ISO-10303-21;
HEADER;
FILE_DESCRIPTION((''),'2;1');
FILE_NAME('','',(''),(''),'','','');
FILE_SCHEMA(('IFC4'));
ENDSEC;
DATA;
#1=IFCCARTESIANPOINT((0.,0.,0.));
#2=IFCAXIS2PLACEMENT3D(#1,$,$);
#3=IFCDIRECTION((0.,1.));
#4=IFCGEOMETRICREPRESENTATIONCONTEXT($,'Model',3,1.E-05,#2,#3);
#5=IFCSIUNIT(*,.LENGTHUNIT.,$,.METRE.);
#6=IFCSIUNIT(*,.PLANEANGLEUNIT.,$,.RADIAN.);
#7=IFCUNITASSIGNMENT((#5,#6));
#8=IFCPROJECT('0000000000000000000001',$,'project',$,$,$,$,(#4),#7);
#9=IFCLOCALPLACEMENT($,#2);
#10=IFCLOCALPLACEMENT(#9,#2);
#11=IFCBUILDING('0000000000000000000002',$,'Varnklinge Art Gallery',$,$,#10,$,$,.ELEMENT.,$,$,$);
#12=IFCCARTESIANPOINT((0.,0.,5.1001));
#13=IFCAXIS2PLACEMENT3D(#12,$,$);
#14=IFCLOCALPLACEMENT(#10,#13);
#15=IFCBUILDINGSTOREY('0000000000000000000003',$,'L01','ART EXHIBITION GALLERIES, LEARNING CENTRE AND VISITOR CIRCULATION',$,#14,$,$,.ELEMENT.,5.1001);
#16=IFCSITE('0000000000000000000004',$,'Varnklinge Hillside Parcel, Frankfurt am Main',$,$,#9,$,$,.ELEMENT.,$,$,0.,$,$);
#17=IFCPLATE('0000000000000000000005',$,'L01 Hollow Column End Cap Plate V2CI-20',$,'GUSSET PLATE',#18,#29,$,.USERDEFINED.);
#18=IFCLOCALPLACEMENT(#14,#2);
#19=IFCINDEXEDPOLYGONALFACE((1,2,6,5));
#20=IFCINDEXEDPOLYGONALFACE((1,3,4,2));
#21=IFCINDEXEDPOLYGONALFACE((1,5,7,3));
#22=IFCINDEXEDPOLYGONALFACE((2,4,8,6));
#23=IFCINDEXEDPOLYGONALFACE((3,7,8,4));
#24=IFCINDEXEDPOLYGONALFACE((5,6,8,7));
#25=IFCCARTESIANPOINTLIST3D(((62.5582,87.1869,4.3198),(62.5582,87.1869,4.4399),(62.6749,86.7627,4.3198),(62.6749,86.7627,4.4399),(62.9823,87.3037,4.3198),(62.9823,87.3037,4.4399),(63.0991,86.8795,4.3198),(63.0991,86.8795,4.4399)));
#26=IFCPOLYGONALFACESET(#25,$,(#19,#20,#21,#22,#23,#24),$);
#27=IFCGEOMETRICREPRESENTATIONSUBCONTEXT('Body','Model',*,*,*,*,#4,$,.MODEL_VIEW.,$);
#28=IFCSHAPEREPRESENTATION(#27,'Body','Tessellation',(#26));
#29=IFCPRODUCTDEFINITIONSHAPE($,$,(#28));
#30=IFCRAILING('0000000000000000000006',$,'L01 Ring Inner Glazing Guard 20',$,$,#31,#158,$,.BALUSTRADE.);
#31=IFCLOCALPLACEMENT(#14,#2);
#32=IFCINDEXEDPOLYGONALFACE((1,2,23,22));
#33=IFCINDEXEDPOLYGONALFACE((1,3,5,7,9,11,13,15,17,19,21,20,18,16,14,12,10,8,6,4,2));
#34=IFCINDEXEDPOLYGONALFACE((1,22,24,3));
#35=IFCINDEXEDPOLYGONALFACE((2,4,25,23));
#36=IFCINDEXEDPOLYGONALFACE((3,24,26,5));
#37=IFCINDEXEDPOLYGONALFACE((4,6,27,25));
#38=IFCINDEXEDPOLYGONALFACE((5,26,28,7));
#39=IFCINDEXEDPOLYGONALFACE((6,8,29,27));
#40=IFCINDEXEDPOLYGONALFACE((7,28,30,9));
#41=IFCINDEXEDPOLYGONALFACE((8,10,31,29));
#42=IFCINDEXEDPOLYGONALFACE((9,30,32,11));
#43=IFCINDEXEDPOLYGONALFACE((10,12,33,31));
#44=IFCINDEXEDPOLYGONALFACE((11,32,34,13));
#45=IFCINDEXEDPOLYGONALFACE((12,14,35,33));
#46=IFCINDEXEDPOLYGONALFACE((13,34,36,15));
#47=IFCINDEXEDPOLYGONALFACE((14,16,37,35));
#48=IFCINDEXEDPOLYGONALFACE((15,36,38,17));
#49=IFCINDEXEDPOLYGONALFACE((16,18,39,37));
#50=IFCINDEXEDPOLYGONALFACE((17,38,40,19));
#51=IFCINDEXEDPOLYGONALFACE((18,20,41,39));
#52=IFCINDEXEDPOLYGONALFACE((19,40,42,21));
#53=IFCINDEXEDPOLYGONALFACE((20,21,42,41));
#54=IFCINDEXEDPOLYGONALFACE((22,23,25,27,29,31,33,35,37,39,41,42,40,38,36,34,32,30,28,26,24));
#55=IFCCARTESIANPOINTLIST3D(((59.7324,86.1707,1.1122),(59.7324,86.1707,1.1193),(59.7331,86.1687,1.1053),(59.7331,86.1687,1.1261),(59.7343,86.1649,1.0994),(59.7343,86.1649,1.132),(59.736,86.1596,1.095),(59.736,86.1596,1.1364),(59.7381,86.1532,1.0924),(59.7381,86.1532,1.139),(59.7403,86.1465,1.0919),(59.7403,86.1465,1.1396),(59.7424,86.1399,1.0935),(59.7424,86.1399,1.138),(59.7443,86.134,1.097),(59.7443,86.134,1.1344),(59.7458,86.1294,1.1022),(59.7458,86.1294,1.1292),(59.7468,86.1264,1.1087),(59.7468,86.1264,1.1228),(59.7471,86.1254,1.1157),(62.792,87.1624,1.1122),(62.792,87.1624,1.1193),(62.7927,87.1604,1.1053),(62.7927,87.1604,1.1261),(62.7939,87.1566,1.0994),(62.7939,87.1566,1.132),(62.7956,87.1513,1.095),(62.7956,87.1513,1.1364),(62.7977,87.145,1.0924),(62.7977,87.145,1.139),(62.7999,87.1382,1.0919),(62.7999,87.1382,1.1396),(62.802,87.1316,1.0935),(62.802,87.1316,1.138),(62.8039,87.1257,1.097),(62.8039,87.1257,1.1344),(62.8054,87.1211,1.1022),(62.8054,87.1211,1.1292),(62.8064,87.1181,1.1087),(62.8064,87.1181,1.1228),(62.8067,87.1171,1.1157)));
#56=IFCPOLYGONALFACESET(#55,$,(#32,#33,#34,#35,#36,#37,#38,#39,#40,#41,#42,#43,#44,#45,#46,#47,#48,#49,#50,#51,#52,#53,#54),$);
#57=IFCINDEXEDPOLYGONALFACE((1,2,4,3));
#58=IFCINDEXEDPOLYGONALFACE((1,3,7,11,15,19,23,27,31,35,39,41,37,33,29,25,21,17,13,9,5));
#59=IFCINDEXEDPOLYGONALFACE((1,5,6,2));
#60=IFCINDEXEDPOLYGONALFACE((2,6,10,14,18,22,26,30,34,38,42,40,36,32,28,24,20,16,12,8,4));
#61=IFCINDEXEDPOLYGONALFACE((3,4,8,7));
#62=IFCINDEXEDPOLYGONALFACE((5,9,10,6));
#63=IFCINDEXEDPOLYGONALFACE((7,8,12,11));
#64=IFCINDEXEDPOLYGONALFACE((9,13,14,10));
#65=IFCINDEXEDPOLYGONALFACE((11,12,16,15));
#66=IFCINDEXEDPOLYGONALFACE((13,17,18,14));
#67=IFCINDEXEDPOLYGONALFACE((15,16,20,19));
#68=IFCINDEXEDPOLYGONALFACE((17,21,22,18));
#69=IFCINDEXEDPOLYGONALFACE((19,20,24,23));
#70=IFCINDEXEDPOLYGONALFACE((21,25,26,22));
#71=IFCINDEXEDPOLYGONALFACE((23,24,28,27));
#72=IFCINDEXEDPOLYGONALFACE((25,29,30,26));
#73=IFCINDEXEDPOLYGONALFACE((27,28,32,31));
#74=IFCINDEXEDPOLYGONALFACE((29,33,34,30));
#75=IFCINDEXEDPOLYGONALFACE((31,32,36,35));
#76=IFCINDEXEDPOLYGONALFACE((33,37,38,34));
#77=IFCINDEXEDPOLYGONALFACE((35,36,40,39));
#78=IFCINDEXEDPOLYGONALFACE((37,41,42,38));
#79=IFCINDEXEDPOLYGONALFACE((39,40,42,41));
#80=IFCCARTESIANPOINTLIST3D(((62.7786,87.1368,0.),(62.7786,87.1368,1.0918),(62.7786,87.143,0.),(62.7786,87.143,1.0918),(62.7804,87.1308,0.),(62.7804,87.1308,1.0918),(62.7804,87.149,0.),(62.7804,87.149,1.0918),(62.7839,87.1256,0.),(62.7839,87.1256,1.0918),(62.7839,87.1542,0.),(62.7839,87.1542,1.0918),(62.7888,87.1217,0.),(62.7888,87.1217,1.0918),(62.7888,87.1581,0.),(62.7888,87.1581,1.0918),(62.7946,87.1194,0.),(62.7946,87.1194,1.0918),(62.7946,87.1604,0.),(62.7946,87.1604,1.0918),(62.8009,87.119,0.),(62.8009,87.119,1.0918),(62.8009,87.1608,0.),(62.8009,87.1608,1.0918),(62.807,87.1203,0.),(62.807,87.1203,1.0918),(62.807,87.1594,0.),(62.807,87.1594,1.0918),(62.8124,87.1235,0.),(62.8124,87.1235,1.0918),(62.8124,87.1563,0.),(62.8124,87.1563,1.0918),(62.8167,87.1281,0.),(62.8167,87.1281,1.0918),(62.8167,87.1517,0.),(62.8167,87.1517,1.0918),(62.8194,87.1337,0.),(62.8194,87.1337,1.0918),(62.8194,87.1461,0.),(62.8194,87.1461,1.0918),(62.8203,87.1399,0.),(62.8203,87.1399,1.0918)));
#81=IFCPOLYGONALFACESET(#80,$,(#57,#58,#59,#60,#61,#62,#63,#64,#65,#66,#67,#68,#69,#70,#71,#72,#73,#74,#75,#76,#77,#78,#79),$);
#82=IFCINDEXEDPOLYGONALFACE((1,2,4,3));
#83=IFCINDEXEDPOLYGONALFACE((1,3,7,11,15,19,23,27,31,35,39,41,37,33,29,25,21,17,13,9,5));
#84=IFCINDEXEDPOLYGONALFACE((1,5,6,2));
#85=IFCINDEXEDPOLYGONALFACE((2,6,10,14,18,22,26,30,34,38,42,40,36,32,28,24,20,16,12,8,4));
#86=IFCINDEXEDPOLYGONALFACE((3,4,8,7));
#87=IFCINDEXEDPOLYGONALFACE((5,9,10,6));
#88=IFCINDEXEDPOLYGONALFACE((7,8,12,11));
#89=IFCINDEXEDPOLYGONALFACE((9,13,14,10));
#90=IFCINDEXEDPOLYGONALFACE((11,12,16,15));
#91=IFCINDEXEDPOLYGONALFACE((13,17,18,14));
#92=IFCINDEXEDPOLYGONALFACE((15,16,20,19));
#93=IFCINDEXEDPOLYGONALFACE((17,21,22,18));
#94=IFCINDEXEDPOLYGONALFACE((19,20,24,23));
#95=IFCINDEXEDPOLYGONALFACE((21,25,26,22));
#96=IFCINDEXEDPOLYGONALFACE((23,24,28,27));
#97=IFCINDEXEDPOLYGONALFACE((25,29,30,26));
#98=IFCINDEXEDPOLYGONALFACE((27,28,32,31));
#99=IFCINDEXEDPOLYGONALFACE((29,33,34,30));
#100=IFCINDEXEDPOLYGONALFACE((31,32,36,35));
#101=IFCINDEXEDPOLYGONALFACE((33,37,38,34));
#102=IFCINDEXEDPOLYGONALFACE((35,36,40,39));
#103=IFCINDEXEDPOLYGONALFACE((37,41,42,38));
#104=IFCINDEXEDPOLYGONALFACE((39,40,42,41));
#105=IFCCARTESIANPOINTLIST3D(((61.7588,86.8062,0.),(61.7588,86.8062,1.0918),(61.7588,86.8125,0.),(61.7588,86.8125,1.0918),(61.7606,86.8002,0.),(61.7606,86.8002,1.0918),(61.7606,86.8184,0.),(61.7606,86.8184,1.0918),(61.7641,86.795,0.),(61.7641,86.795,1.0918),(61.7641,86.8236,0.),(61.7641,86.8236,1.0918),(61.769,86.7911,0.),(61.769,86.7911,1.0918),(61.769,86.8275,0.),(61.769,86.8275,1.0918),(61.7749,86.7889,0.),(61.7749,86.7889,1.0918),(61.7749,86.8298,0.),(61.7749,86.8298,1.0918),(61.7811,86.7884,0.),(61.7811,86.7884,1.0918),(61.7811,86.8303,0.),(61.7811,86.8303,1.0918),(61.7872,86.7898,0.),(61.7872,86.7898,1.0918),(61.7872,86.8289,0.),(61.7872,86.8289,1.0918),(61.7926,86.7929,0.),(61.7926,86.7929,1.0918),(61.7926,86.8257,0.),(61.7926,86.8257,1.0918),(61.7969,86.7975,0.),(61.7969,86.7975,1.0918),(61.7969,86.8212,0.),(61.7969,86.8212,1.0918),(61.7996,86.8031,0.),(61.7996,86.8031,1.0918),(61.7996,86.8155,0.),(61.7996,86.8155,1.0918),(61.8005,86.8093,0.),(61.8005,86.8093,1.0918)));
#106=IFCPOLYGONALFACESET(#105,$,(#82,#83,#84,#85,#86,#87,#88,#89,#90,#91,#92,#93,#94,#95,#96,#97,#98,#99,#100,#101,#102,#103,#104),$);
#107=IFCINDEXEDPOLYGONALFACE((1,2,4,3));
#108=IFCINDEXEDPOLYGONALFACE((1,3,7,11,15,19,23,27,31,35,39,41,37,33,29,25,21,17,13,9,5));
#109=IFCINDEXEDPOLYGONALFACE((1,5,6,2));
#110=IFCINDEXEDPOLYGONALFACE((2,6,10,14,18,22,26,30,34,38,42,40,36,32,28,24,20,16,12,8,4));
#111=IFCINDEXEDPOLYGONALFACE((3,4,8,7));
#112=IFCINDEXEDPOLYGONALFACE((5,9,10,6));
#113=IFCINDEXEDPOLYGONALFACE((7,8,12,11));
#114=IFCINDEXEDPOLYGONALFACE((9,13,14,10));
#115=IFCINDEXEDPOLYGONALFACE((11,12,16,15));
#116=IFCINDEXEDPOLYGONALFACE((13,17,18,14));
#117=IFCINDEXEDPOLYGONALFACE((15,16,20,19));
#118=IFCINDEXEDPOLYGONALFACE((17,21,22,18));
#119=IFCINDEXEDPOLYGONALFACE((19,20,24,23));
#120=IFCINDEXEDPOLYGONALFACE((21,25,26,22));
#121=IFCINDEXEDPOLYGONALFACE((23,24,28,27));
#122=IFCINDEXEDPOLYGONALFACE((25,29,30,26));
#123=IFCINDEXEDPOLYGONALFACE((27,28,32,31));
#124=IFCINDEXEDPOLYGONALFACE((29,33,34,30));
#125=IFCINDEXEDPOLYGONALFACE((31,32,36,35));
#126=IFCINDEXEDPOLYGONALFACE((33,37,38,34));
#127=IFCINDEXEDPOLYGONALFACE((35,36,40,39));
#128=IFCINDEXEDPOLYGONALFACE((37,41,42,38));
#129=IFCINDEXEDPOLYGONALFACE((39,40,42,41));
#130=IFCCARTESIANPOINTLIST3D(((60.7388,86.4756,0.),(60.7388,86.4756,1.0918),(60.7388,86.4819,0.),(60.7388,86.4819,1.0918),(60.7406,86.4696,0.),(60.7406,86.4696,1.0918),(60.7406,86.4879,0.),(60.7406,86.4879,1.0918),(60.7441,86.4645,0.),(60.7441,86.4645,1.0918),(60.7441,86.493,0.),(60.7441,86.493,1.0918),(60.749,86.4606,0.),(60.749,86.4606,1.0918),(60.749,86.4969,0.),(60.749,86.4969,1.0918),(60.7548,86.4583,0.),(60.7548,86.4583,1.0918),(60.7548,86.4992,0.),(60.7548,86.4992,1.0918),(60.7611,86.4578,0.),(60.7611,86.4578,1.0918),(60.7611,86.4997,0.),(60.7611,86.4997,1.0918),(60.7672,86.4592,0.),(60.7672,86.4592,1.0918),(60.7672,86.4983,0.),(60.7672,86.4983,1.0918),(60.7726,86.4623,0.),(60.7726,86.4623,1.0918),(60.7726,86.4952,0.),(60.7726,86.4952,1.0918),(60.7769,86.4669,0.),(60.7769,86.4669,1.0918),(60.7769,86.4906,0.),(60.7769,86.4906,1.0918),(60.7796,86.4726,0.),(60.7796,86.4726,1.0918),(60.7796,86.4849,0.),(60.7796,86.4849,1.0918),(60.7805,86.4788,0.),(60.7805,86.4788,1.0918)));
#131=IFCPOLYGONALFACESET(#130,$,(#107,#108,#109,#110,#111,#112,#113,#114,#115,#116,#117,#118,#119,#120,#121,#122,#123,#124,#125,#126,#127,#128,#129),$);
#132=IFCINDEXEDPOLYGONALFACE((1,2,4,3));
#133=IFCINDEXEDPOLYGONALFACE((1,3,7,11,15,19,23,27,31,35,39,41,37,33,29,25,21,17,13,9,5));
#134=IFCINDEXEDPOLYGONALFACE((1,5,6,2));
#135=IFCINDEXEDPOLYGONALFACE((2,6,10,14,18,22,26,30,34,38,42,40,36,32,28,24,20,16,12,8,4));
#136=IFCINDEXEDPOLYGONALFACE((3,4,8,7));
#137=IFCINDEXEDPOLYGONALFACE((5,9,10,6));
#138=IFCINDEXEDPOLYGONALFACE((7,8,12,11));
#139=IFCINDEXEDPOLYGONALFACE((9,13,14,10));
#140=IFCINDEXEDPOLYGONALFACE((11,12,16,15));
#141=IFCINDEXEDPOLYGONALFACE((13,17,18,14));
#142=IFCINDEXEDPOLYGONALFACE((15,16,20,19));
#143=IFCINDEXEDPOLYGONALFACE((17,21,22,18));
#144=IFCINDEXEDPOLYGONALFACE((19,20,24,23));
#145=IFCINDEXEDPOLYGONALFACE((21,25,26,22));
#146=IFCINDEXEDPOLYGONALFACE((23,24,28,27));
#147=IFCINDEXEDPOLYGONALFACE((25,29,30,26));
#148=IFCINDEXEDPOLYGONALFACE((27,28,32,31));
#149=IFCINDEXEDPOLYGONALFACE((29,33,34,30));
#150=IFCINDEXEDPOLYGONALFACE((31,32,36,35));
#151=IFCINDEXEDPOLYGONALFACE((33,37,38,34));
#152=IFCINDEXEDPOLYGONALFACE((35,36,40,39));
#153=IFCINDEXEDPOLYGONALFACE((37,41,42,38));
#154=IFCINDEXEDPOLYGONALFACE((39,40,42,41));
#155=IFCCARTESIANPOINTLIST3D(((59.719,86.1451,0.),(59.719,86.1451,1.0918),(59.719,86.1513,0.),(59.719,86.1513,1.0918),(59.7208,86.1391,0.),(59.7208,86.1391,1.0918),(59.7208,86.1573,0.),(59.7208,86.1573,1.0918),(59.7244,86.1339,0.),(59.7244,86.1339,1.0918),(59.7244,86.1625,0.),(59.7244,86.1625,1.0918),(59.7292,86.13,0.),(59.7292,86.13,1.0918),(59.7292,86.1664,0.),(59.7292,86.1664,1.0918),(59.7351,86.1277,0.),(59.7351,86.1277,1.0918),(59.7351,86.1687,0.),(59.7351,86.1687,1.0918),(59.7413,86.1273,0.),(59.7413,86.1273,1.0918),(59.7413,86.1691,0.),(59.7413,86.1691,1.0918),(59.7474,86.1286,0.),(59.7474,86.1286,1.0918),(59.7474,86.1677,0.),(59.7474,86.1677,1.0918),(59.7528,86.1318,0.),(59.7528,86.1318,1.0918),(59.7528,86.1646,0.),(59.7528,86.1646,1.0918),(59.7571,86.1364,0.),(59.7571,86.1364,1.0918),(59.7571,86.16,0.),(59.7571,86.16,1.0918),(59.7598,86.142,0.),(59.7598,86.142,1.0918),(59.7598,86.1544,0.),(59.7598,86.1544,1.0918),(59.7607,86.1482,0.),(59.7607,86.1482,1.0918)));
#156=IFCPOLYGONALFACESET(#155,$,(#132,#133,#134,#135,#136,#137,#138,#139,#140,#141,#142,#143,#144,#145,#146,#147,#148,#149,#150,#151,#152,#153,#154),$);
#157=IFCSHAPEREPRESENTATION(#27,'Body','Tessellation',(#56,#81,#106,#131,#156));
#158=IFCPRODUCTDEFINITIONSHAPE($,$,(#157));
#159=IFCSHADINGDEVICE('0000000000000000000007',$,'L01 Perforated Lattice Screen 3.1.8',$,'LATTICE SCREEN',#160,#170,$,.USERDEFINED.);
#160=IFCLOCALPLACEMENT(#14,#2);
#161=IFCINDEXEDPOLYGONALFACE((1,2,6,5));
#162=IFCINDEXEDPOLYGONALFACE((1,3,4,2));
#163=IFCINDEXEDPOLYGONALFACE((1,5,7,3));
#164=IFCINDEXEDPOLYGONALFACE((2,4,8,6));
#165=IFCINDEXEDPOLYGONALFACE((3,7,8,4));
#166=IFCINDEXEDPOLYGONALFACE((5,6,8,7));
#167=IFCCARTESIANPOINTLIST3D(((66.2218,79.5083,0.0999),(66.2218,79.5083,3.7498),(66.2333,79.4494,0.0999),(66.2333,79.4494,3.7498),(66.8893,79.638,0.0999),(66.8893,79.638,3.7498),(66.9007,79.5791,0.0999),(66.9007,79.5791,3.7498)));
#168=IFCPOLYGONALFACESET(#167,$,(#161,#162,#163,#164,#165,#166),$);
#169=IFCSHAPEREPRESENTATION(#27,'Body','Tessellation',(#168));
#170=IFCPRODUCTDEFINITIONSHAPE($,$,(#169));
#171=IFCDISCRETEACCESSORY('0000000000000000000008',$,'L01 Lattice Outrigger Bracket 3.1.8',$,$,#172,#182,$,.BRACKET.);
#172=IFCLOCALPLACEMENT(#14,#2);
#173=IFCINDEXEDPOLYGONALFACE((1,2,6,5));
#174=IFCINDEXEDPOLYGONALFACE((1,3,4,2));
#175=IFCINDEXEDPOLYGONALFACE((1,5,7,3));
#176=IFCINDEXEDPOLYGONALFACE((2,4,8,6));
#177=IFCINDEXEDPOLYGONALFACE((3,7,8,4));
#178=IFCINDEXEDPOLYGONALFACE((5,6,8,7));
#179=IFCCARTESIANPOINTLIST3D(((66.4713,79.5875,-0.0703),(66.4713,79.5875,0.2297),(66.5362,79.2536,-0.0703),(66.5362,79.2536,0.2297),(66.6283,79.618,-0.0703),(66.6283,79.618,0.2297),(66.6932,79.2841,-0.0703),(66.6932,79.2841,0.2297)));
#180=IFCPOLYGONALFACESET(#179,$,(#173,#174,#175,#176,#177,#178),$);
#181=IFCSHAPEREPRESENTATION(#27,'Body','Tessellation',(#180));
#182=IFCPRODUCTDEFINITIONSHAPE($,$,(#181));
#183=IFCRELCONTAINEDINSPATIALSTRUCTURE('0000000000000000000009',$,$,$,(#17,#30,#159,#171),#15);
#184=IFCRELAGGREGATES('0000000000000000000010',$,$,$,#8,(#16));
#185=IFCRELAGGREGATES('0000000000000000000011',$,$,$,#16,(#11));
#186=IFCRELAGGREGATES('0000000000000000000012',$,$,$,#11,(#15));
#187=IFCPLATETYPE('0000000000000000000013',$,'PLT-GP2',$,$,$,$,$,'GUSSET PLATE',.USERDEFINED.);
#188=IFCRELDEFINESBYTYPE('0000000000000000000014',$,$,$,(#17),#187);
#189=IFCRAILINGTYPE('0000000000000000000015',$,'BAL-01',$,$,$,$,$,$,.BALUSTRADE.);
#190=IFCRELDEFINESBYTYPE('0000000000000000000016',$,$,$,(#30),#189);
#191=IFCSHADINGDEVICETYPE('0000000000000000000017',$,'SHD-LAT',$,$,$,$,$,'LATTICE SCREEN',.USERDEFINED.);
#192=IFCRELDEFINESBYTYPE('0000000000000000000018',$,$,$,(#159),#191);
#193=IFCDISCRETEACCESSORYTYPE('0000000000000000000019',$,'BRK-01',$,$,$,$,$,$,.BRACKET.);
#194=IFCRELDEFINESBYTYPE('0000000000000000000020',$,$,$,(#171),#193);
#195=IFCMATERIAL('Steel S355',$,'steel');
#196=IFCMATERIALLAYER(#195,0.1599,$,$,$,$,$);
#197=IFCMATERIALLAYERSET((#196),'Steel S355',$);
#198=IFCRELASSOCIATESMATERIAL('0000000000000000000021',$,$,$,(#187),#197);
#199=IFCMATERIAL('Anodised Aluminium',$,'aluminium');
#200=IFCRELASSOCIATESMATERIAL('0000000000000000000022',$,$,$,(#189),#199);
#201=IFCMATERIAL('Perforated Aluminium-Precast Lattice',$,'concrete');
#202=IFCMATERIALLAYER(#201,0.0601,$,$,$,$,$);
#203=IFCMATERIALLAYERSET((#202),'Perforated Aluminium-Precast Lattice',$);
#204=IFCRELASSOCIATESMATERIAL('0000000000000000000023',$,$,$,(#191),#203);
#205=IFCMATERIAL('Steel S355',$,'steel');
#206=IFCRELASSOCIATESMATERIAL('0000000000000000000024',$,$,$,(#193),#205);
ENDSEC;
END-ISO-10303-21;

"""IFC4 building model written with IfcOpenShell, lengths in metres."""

from ifc_helpers import new_model, si_unit, direction, frame, origin, origin_2d, place, context, subcontext, project, spatial, rectangle, circle, extrude, material, layer, layer_set, type_object, element, save


model = new_model("IFC4")

# Units and contexts
model_context = context("Model", 3, precision=1e-05, world=origin(), true_north=direction((0.0, 1.0)))
body_context = subcontext(model_context, "Body", "Model", "MODEL_VIEW")
ifc_project = project(units=[si_unit("LENGTHUNIT", "METRE"), si_unit("PLANEANGLEUNIT", "RADIAN")], contexts=[model_context])

# Site, building, storey
site_placement = place(None, origin())
site = spatial("IfcSite", under=ifc_project, at=site_placement, Name="Varnklinge Hillside Parcel, Frankfurt am Main", CompositionType="ELEMENT", RefElevation=0.0)
building_placement = place(site_placement, origin())
building = spatial("IfcBuilding", under=site, at=building_placement, Name="Varnklinge Art Gallery", CompositionType="ELEMENT")
storey_placement = place(building_placement, frame((0.0, 0.0, 5.1001)))
storey = spatial("IfcBuildingStorey", under=building, at=storey_placement, Name="L01", Description="ART EXHIBITION GALLERIES, LEARNING CENTRE AND VISITOR CIRCULATION", CompositionType="ELEMENT", Elevation=5.1001)

# Plate
ifc_material_1 = material(Name="Steel S355", Category="steel")
ifc_layer_1 = layer(ifc_material_1, 0.1599)
ifc_layer_set_1 = layer_set([ifc_layer_1], Name="Steel S355")
plate_type_1 = type_object("IfcPlateType", Name="PLT-GP2", ElementType="GUSSET PLATE", PredefinedType="USERDEFINED", material=ifc_layer_set_1)
plate_1_placement = place(storey_placement, frame((62.8286, 87.0332, 4.3198), z_axis=(0.0, 0.0, 1.0), x_axis=(0.265388, -0.964142, 0.0)))
element("IfcPlate", 1, at=plate_1_placement, inside=storey, type_object=plate_type_1, Name="L01 Hollow Column End Cap Plate V2CI-20", ObjectType="GUSSET PLATE", PredefinedType="USERDEFINED", context=body_context, shape_type="SweptSolid", body=[
    extrude(rectangle(XDim=0.4399, YDim=0.4399, at=origin_2d()), origin(), (0.0, 0.0, 1.0), 0.1201),
])

# Railing
ifc_material_2 = material(Name="Anodised Aluminium", Category="aluminium")
railing_type = type_object("IfcRailingType", Name="BAL-01", PredefinedType="BALUSTRADE", material=ifc_material_2)
railing_placement = place(storey_placement, frame((62.7993, 87.1399, 0.0)))
element("IfcRailing", 2, at=railing_placement, inside=storey, type_object=railing_type, Name="L01 Ring Inner Glazing Guard 20", PredefinedType="BALUSTRADE", context=body_context, shape_type="SweptSolid", body=[
    extrude(circle(Radius=0.0239, at=origin_2d()), frame((0.0, 0.0, 1.1157), z_axis=(-0.951277, -0.308338, 0.0), x_axis=(0.308338, -0.951277, 0.0)), (0.0, 0.0, 1.0), 3.2163),
    extrude(circle(Radius=0.021, at=origin_2d()), origin(), (0.0, 0.0, 1.0), 1.0918),
    extrude(circle(Radius=0.021, at=origin_2d()), frame((-1.0198, -0.3306, 0.0)), (0.0, 0.0, 1.0), 1.0918),
    extrude(circle(Radius=0.021, at=origin_2d()), frame((-2.0398, -0.6611, 0.0)), (0.0, 0.0, 1.0), 1.0918),
    extrude(circle(Radius=0.021, at=origin_2d()), frame((-3.0596, -0.9917, 0.0)), (0.0, 0.0, 1.0), 1.0918),
])

# Shading device
ifc_material_3 = material(Name="Perforated Aluminium-Precast Lattice", Category="concrete")
ifc_layer_2 = layer(ifc_material_3, 0.0601)
ifc_layer_set_2 = layer_set([ifc_layer_2], Name="Perforated Aluminium-Precast Lattice")
shading_device_type = type_object("IfcShadingDeviceType", Name="SHD-LAT", ElementType="LATTICE SCREEN", PredefinedType="USERDEFINED", material=ifc_layer_set_2)
shading_device_placement = place(storey_placement, frame((66.5613, 79.5437, 0.0999), z_axis=(0.0, 0.0, 1.0), x_axis=(-0.981627, -0.190809, 0.0)))
element("IfcShadingDevice", 3, at=shading_device_placement, inside=storey, type_object=shading_device_type, Name="L01 Perforated Lattice Screen 3.1.8", ObjectType="LATTICE SCREEN", PredefinedType="USERDEFINED", context=body_context, shape_type="SweptSolid", body=[
    extrude(rectangle(XDim=0.6799, YDim=0.0601, at=origin_2d()), origin(), (0.0, 0.0, 1.0), 3.6499),
])

# Discrete accessory
ifc_material_4 = material(Name="Steel S355", Category="steel")
discrete_accessory_type = type_object("IfcDiscreteAccessoryType", Name="BRK-01", PredefinedType="BRACKET", material=ifc_material_4)
discrete_accessory_placement = place(storey_placement, frame((66.5823, 79.4358, -0.0703), z_axis=(0.0, 0.0, 1.0), x_axis=(-0.981627, -0.190809, 0.0)))
element("IfcDiscreteAccessory", 4, at=discrete_accessory_placement, inside=storey, type_object=discrete_accessory_type, Name="L01 Lattice Outrigger Bracket 3.1.8", PredefinedType="BRACKET", context=body_context, shape_type="SweptSolid", body=[
    extrude(rectangle(XDim=0.1599, YDim=0.3401, at=origin_2d()), origin(), (0.0, 0.0, 1.0), 0.3),
])

save(model, "model.ifc")
